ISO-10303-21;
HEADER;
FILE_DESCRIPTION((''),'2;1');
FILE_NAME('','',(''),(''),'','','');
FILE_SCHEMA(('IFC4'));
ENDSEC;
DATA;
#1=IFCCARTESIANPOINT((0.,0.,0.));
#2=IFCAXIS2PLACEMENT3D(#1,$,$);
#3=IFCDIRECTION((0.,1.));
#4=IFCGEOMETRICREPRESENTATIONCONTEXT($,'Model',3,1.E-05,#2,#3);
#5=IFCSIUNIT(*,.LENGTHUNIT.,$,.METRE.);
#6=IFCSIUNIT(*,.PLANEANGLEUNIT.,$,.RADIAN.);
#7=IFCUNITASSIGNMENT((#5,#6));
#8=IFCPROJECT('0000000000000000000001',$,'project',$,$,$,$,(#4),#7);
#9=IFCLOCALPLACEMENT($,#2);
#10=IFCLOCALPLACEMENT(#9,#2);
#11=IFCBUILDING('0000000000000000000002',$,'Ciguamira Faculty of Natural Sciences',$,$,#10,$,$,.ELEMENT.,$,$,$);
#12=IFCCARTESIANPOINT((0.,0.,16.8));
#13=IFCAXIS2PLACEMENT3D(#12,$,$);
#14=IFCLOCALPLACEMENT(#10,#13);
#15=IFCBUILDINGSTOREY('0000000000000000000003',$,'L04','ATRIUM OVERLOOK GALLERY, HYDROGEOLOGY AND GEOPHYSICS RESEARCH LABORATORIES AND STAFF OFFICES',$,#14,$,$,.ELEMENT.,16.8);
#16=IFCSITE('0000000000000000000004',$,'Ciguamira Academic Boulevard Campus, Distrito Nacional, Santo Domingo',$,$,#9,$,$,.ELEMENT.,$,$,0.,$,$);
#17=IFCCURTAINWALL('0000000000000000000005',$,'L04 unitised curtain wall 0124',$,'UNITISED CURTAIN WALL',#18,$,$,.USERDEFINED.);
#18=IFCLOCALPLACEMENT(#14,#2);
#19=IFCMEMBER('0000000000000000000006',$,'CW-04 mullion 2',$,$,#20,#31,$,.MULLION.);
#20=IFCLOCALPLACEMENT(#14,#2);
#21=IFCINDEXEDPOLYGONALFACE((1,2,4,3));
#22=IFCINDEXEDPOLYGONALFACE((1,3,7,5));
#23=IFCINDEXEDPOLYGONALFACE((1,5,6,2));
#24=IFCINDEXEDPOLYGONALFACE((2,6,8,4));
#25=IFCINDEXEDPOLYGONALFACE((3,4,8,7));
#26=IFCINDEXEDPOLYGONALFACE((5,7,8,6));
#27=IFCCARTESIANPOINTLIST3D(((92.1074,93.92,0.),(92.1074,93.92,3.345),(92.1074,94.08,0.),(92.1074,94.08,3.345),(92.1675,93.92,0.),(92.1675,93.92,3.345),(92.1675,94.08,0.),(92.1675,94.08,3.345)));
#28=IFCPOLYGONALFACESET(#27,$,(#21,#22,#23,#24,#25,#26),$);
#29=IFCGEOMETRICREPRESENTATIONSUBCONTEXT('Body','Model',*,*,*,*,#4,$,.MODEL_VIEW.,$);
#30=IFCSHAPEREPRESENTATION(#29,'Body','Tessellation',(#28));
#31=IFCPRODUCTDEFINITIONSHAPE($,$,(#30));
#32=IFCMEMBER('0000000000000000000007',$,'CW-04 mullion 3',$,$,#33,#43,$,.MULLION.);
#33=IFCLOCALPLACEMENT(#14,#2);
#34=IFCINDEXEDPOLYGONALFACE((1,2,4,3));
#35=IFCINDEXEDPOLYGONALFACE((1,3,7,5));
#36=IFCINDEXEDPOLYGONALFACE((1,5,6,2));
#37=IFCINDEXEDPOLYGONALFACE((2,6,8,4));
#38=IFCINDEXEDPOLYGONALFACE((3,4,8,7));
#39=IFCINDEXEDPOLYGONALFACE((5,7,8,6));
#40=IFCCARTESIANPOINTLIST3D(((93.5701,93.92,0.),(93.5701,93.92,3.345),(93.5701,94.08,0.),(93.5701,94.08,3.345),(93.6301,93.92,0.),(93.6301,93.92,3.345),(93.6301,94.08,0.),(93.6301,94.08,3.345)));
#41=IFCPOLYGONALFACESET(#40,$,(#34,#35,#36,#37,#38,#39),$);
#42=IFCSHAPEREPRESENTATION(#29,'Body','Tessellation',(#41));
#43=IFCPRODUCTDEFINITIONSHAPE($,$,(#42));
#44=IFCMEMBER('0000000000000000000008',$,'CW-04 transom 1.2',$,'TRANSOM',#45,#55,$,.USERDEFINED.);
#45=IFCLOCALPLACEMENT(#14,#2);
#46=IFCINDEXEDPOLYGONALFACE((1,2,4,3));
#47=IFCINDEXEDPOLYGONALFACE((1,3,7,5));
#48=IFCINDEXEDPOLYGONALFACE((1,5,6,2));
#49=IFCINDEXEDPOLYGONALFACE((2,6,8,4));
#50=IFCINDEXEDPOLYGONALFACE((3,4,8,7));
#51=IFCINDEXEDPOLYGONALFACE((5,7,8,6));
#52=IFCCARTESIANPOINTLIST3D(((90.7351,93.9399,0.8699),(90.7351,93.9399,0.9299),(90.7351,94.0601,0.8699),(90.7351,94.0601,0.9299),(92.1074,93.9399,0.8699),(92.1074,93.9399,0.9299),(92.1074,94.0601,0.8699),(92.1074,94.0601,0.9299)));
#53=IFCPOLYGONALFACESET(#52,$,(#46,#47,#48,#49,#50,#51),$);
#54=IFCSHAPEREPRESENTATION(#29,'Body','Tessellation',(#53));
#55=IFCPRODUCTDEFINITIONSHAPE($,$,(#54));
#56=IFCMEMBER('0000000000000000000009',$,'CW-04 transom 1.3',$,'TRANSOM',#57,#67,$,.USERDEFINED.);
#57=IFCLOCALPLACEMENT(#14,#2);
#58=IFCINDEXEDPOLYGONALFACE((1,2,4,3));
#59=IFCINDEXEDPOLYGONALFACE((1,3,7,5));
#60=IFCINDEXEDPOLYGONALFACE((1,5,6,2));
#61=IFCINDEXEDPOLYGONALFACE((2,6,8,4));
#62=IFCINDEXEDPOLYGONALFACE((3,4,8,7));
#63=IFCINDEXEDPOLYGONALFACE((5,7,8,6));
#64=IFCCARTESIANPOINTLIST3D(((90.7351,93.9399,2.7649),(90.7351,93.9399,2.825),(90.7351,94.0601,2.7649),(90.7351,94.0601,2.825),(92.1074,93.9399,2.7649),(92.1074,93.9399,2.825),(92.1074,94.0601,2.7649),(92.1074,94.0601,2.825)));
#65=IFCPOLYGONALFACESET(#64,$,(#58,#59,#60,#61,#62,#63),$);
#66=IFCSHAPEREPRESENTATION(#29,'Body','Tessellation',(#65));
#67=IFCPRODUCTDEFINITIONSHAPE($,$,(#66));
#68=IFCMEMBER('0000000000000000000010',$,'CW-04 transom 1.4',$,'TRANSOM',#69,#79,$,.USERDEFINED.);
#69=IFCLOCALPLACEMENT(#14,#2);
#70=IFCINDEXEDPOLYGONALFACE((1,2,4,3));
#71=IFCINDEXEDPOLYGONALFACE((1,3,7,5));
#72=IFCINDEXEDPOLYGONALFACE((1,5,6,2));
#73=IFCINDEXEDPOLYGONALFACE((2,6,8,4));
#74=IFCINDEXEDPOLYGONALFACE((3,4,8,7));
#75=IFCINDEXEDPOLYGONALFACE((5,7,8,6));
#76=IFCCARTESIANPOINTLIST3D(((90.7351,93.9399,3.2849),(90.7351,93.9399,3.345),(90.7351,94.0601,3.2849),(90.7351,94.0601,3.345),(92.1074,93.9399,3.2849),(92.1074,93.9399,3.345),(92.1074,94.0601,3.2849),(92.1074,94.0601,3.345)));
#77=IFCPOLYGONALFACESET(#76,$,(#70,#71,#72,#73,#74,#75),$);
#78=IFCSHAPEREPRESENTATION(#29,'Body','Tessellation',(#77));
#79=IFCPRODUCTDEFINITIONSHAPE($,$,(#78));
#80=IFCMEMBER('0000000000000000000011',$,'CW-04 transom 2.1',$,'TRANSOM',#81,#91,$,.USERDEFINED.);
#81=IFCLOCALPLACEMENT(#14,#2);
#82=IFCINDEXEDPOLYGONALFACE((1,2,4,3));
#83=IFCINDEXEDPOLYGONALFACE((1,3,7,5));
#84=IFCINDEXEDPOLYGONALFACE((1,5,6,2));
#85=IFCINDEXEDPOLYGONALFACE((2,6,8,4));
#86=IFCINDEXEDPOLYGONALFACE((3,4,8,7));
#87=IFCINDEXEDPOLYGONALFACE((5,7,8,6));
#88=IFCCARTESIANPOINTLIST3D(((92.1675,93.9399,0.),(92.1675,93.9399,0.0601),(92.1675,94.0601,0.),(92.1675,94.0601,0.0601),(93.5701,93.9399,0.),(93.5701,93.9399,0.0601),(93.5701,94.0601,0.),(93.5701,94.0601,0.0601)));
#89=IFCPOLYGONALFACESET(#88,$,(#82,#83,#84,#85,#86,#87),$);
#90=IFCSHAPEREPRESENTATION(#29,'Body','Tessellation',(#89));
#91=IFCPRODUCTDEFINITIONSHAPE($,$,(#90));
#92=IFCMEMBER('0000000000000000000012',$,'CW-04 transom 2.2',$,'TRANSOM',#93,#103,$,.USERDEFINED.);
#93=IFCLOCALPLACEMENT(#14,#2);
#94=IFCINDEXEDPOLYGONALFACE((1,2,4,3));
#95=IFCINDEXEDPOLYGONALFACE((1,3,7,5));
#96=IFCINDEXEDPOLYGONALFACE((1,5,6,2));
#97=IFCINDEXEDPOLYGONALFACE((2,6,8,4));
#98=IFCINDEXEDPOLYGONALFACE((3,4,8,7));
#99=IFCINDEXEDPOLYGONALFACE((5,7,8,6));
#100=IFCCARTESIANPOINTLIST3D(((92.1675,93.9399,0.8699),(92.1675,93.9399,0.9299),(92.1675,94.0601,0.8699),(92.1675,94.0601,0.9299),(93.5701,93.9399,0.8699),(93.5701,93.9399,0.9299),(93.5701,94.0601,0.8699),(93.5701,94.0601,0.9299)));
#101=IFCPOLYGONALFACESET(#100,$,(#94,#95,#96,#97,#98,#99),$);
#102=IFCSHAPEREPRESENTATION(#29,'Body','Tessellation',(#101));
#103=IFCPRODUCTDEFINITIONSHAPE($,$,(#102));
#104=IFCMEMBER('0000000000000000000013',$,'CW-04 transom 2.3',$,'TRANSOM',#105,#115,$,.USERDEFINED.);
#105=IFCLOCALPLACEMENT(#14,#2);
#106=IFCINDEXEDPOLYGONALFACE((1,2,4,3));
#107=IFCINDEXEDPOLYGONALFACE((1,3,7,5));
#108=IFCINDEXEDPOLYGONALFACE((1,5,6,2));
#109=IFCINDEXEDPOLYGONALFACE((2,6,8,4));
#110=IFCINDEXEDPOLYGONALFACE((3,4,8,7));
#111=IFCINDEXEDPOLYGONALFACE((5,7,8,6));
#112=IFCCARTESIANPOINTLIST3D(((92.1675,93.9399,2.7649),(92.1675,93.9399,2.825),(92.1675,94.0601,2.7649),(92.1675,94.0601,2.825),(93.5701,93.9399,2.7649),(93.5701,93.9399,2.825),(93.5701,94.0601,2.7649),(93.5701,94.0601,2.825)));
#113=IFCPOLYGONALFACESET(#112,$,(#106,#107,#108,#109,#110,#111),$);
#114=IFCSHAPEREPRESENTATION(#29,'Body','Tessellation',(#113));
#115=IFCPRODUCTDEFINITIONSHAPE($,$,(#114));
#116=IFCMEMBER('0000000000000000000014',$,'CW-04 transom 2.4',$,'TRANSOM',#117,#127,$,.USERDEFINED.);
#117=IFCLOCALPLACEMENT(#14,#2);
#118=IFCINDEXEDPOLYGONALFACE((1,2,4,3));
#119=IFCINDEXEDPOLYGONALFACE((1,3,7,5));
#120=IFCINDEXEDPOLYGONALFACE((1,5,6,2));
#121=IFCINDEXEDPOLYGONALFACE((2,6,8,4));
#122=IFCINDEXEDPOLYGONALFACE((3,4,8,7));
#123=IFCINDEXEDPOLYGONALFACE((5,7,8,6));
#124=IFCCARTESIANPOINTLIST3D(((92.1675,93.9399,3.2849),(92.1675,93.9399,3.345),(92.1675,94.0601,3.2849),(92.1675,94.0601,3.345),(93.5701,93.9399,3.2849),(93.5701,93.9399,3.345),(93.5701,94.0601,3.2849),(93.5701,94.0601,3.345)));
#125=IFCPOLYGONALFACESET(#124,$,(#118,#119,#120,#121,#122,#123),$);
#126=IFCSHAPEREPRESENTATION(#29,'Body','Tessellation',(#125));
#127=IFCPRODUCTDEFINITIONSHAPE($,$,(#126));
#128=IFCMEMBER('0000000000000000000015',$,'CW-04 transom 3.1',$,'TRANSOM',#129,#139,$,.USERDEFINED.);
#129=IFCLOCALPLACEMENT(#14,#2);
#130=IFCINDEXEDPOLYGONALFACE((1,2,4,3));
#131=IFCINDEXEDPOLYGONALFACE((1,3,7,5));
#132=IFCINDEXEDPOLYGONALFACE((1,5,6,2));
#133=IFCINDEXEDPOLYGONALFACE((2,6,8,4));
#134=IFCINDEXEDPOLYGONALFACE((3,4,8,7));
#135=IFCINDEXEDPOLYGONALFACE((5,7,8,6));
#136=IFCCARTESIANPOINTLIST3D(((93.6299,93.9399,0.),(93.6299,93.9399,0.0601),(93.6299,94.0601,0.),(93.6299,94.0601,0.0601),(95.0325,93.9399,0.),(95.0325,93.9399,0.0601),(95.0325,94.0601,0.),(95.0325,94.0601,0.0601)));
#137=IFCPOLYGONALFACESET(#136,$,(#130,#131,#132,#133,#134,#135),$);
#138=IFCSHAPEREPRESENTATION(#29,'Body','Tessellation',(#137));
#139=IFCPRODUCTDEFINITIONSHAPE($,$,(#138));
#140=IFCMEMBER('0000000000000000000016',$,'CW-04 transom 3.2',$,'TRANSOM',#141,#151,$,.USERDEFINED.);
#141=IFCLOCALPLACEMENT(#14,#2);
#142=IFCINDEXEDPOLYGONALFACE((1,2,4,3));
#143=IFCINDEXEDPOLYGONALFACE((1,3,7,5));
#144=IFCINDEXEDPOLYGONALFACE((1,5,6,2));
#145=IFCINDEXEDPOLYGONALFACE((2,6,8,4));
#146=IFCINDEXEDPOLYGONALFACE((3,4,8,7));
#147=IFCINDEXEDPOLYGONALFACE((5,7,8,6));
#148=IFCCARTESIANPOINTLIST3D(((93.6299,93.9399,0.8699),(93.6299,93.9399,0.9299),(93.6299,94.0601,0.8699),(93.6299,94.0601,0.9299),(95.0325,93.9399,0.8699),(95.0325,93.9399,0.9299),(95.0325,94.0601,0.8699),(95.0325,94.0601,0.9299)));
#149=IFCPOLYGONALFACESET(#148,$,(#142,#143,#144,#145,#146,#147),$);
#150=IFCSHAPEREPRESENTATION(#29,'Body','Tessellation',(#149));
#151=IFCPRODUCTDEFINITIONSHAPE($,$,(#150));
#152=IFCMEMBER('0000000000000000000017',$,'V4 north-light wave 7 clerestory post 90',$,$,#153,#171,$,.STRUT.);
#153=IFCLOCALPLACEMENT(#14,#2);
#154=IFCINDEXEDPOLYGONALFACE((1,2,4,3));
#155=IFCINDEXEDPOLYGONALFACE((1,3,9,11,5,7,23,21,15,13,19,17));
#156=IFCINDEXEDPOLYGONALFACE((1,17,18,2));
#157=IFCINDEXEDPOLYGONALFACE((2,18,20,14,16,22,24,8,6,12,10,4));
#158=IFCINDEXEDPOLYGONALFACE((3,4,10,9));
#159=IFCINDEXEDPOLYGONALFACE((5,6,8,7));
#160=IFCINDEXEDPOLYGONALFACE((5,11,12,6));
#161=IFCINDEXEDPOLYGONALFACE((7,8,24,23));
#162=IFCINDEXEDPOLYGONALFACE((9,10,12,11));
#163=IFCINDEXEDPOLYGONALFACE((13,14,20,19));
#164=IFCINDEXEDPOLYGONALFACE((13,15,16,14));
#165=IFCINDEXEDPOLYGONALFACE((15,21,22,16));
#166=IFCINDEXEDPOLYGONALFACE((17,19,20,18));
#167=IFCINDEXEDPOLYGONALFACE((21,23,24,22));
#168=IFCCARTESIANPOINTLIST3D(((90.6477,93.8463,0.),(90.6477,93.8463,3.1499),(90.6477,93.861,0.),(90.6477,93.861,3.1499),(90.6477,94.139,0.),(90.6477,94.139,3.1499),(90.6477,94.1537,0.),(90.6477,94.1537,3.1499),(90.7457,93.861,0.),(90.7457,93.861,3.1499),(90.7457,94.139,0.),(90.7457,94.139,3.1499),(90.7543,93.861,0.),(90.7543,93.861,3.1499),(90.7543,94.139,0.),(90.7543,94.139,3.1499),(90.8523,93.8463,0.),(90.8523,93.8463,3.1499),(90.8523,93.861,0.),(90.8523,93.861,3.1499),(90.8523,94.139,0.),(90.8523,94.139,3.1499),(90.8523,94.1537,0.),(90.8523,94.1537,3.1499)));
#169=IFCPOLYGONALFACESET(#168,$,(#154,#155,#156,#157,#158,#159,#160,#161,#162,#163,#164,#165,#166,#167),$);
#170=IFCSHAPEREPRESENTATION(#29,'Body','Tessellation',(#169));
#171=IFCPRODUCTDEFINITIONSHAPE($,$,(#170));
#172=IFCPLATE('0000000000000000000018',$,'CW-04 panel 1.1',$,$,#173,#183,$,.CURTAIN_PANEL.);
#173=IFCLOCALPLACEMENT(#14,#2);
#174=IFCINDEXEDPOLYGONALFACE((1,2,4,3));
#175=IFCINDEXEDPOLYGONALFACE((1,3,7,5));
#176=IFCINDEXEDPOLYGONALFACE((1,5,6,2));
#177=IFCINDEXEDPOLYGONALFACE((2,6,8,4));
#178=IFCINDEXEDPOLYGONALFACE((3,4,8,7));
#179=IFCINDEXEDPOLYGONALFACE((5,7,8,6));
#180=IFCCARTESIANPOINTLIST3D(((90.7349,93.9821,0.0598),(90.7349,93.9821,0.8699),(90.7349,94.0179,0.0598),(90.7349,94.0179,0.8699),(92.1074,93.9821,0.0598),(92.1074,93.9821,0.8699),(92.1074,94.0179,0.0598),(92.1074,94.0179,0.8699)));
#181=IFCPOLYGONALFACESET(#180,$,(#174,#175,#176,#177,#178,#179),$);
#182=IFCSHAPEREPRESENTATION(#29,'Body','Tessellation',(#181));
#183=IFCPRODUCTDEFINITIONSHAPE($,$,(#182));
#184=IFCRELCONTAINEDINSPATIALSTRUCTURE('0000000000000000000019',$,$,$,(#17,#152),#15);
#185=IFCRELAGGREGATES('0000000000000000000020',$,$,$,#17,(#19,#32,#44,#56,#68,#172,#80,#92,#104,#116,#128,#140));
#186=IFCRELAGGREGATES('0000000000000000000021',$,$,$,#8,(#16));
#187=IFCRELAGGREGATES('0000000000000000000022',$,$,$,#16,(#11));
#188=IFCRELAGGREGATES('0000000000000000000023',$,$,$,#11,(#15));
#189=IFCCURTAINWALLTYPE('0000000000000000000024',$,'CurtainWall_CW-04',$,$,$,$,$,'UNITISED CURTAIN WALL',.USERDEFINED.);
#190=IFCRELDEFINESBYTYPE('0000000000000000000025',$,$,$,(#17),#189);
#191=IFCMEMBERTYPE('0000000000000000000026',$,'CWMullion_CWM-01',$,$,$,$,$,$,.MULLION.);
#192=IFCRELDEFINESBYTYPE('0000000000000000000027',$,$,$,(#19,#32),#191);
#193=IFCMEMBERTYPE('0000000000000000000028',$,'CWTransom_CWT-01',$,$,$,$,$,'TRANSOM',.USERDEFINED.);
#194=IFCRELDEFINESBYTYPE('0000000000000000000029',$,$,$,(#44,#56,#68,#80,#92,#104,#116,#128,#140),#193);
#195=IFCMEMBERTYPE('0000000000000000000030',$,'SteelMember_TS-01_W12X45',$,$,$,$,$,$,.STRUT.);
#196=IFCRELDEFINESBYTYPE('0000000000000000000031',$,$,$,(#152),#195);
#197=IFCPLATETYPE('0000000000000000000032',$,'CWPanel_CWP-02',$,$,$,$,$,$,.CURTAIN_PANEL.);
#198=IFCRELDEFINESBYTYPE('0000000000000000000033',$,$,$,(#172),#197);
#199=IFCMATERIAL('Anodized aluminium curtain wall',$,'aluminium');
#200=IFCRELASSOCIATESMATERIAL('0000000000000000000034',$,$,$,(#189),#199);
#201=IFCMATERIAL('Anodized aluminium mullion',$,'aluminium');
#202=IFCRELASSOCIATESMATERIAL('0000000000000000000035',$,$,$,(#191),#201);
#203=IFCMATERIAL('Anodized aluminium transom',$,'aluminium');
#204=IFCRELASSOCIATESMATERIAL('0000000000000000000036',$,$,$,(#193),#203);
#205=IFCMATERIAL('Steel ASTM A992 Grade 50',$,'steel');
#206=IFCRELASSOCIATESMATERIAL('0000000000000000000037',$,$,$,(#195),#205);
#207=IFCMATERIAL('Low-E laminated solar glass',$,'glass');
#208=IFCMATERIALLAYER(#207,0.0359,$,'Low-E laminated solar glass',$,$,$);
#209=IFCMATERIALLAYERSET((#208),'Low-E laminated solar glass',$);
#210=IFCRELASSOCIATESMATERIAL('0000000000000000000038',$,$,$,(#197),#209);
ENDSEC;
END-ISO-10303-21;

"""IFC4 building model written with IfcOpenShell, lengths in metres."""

from ifc_helpers import new_model, si_unit, direction, frame, origin, origin_2d, place, context, subcontext, project, spatial, rectangle, i_section, extrude, material, layer, layer_set, material_profile, profile_set, type_object, element, aggregate, save


model = new_model("IFC4")

# Units and contexts
model_context = context("Model", 3, precision=1e-05, world=origin(), true_north=direction((0.0, 1.0)))
body_context = subcontext(model_context, "Body", "Model", "MODEL_VIEW")
ifc_project = project(units=[si_unit("LENGTHUNIT", "METRE"), si_unit("PLANEANGLEUNIT", "RADIAN")], contexts=[model_context])

# Site, building, storey
site_placement = place(None, origin())
site = spatial("IfcSite", under=ifc_project, at=site_placement, Name="Ciguamira Academic Boulevard Campus, Distrito Nacional, Santo Domingo", CompositionType="ELEMENT", RefElevation=0.0)
building_placement = place(site_placement, origin())
building = spatial("IfcBuilding", under=site, at=building_placement, Name="Ciguamira Faculty of Natural Sciences", CompositionType="ELEMENT")
storey_placement = place(building_placement, frame((0.0, 0.0, 16.8)))
storey = spatial("IfcBuildingStorey", under=building, at=storey_placement, Name="L04", Description="ATRIUM OVERLOOK GALLERY, HYDROGEOLOGY AND GEOPHYSICS RESEARCH LABORATORIES AND STAFF OFFICES", CompositionType="ELEMENT", Elevation=16.8)

# Curtain wall, members
ifc_material_1 = material(Name="Anodized aluminium curtain wall", Category="aluminium")
curtain_wall_type = type_object("IfcCurtainWallType", Name="CurtainWall_CW-04", ElementType="UNITISED CURTAIN WALL", PredefinedType="USERDEFINED", material=ifc_material_1)
curtain_wall_placement = place(storey_placement, origin())
curtain_wall = element("IfcCurtainWall", 1, at=curtain_wall_placement, inside=storey, type_object=curtain_wall_type, Name="L04 unitised curtain wall 0124", ObjectType="UNITISED CURTAIN WALL", PredefinedType="USERDEFINED")
ifc_material_2 = material(Name="Anodized aluminium mullion", Category="aluminium")
ifc_material_profile_1 = material_profile(ifc_material_2, rectangle(XDim=0.0601, YDim=0.1599, at=origin_2d()), Name="ALU-MUL-60X160")
ifc_profile_set_1 = profile_set([ifc_material_profile_1], Name="Anodized aluminium mullion")
member_type_1 = type_object("IfcMemberType", Name="CWMullion_CWM-01", PredefinedType="MULLION", material=ifc_profile_set_1)
member_1_placement = place(storey_placement, frame((92.1375, 94.0, 0.0), z_axis=(0.0, 0.0, 1.0), x_axis=(1.0, 0.0, 0.0)))
member_1 = element("IfcMember", 2, at=member_1_placement, type_object=member_type_1, Name="CW-04 mullion 2", PredefinedType="MULLION", context=body_context, shape_type="SweptSolid", body=[
    extrude(rectangle(XDim=0.0601, YDim=0.1599, at=origin_2d()), origin(), (0.0, 0.0, 1.0), 3.345),
])
member_2_placement = place(storey_placement, frame((93.6001, 94.0, 0.0), z_axis=(0.0, 0.0, 1.0), x_axis=(1.0, 0.0, 0.0)))
member_2 = element("IfcMember", 3, at=member_2_placement, type_object=member_type_1, Name="CW-04 mullion 3", PredefinedType="MULLION", context=body_context, shape_type="SweptSolid", body=[
    extrude(rectangle(XDim=0.0601, YDim=0.1599, at=origin_2d()), origin(), (0.0, 0.0, 1.0), 3.345),
])
ifc_material_3 = material(Name="Anodized aluminium transom", Category="aluminium")
ifc_material_profile_2 = material_profile(ifc_material_3, rectangle(XDim=0.0601, YDim=0.1201, at=origin_2d()), Name="ALU-TRN-60X120")
ifc_profile_set_2 = profile_set([ifc_material_profile_2], Name="Anodized aluminium transom")
member_type_2 = type_object("IfcMemberType", Name="CWTransom_CWT-01", ElementType="TRANSOM", PredefinedType="USERDEFINED", material=ifc_profile_set_2)
member_3_placement = place(storey_placement, frame((90.7351, 94.0, 0.8999), z_axis=(1.0, 0.0, 0.0), x_axis=(0.0, 0.0, 1.0)))
member_3 = element("IfcMember", 4, at=member_3_placement, type_object=member_type_2, Name="CW-04 transom 1.2", ObjectType="TRANSOM", PredefinedType="USERDEFINED", context=body_context, shape_type="SweptSolid", body=[
    extrude(rectangle(XDim=0.0601, YDim=0.1201, at=origin_2d()), origin(), (0.0, 0.0, 1.0), 1.3723),
])
member_4_placement = place(storey_placement, frame((90.7351, 94.0, 2.7949), z_axis=(1.0, 0.0, 0.0), x_axis=(0.0, 0.0, 1.0)))
member_4 = element("IfcMember", 5, at=member_4_placement, type_object=member_type_2, Name="CW-04 transom 1.3", ObjectType="TRANSOM", PredefinedType="USERDEFINED", context=body_context, shape_type="SweptSolid", body=[
    extrude(rectangle(XDim=0.0601, YDim=0.1201, at=origin_2d()), origin(), (0.0, 0.0, 1.0), 1.3723),
])
member_5_placement = place(storey_placement, frame((90.7351, 94.0, 3.3149), z_axis=(1.0, 0.0, 0.0), x_axis=(0.0, 0.0, 1.0)))
member_5 = element("IfcMember", 6, at=member_5_placement, type_object=member_type_2, Name="CW-04 transom 1.4", ObjectType="TRANSOM", PredefinedType="USERDEFINED", context=body_context, shape_type="SweptSolid", body=[
    extrude(rectangle(XDim=0.0601, YDim=0.1201, at=origin_2d()), origin(), (0.0, 0.0, 1.0), 1.3723),
])
member_6_placement = place(storey_placement, frame((92.1675, 94.0, 0.03), z_axis=(1.0, 0.0, 0.0), x_axis=(0.0, 0.0, 1.0)))
member_6 = element("IfcMember", 7, at=member_6_placement, type_object=member_type_2, Name="CW-04 transom 2.1", ObjectType="TRANSOM", PredefinedType="USERDEFINED", context=body_context, shape_type="SweptSolid", body=[
    extrude(rectangle(XDim=0.0601, YDim=0.1201, at=origin_2d()), origin(), (0.0, 0.0, 1.0), 1.4026),
])
member_7_placement = place(storey_placement, frame((92.1675, 94.0, 0.8999), z_axis=(1.0, 0.0, 0.0), x_axis=(0.0, 0.0, 1.0)))
member_7 = element("IfcMember", 8, at=member_7_placement, type_object=member_type_2, Name="CW-04 transom 2.2", ObjectType="TRANSOM", PredefinedType="USERDEFINED", context=body_context, shape_type="SweptSolid", body=[
    extrude(rectangle(XDim=0.0601, YDim=0.1201, at=origin_2d()), origin(), (0.0, 0.0, 1.0), 1.4026),
])
member_8_placement = place(storey_placement, frame((92.1675, 94.0, 2.7949), z_axis=(1.0, 0.0, 0.0), x_axis=(0.0, 0.0, 1.0)))
member_8 = element("IfcMember", 9, at=member_8_placement, type_object=member_type_2, Name="CW-04 transom 2.3", ObjectType="TRANSOM", PredefinedType="USERDEFINED", context=body_context, shape_type="SweptSolid", body=[
    extrude(rectangle(XDim=0.0601, YDim=0.1201, at=origin_2d()), origin(), (0.0, 0.0, 1.0), 1.4026),
])
member_9_placement = place(storey_placement, frame((92.1675, 94.0, 3.3149), z_axis=(1.0, 0.0, 0.0), x_axis=(0.0, 0.0, 1.0)))
member_9 = element("IfcMember", 10, at=member_9_placement, type_object=member_type_2, Name="CW-04 transom 2.4", ObjectType="TRANSOM", PredefinedType="USERDEFINED", context=body_context, shape_type="SweptSolid", body=[
    extrude(rectangle(XDim=0.0601, YDim=0.1201, at=origin_2d()), origin(), (0.0, 0.0, 1.0), 1.4026),
])
member_10_placement = place(storey_placement, frame((93.6299, 94.0, 0.03), z_axis=(1.0, 0.0, 0.0), x_axis=(0.0, 0.0, 1.0)))
member_10 = element("IfcMember", 11, at=member_10_placement, type_object=member_type_2, Name="CW-04 transom 3.1", ObjectType="TRANSOM", PredefinedType="USERDEFINED", context=body_context, shape_type="SweptSolid", body=[
    extrude(rectangle(XDim=0.0601, YDim=0.1201, at=origin_2d()), origin(), (0.0, 0.0, 1.0), 1.4026),
])
member_11_placement = place(storey_placement, frame((93.6299, 94.0, 0.8999), z_axis=(1.0, 0.0, 0.0), x_axis=(0.0, 0.0, 1.0)))
member_11 = element("IfcMember", 12, at=member_11_placement, type_object=member_type_2, Name="CW-04 transom 3.2", ObjectType="TRANSOM", PredefinedType="USERDEFINED", context=body_context, shape_type="SweptSolid", body=[
    extrude(rectangle(XDim=0.0601, YDim=0.1201, at=origin_2d()), origin(), (0.0, 0.0, 1.0), 1.4026),
])

# Member
ifc_material_4 = material(Name="Steel ASTM A992 Grade 50", Category="steel")
ifc_material_profile_3 = material_profile(ifc_material_4, i_section(OverallWidth=0.2046, OverallDepth=0.3074, WebThickness=0.0085, FlangeThickness=0.0146, at=origin_2d()), Name="W12X45")
ifc_profile_set_3 = profile_set([ifc_material_profile_3], Name="Steel ASTM A992 Grade 50")
member_type_3 = type_object("IfcMemberType", Name="SteelMember_TS-01_W12X45", PredefinedType="STRUT", material=ifc_profile_set_3)
member_12_placement = place(storey_placement, frame((90.75, 94.0, 0.0), z_axis=(0.0, 0.0, 1.0), x_axis=(1.0, 0.0, 0.0)))
element("IfcMember", 13, at=member_12_placement, inside=storey, type_object=member_type_3, Name="V4 north-light wave 7 clerestory post 90", PredefinedType="STRUT", context=body_context, shape_type="SweptSolid", body=[
    extrude(i_section(OverallWidth=0.2046, OverallDepth=0.3074, WebThickness=0.0085, FlangeThickness=0.0146, at=origin_2d()), origin(), (0.0, 0.0, 1.0), 3.1499),
])

# Plate
ifc_material_5 = material(Name="Low-E laminated solar glass", Category="glass")
ifc_layer_1 = layer(ifc_material_5, 0.0359, Name="Low-E laminated solar glass")
ifc_layer_set_1 = layer_set([ifc_layer_1], Name="Low-E laminated solar glass")
plate_type_1 = type_object("IfcPlateType", Name="CWPanel_CWP-02", PredefinedType="CURTAIN_PANEL", material=ifc_layer_set_1)
plate_1_placement = place(storey_placement, frame((91.4211, 94.0, 0.0598), z_axis=(0.0, 0.0, 1.0), x_axis=(1.0, 0.0, 0.0)))
plate_1 = element("IfcPlate", 14, at=plate_1_placement, type_object=plate_type_1, Name="CW-04 panel 1.1", PredefinedType="CURTAIN_PANEL", context=body_context, shape_type="SweptSolid", body=[
    extrude(rectangle(XDim=1.3726, YDim=0.0359, at=origin_2d()), origin(), (0.0, 0.0, 1.0), 0.8101),
])
aggregate(curtain_wall, [member_1, member_2, member_3, member_4, member_5, plate_1, member_6, member_7, member_8, member_9, member_10, member_11])

save(model, "model.ifc")
